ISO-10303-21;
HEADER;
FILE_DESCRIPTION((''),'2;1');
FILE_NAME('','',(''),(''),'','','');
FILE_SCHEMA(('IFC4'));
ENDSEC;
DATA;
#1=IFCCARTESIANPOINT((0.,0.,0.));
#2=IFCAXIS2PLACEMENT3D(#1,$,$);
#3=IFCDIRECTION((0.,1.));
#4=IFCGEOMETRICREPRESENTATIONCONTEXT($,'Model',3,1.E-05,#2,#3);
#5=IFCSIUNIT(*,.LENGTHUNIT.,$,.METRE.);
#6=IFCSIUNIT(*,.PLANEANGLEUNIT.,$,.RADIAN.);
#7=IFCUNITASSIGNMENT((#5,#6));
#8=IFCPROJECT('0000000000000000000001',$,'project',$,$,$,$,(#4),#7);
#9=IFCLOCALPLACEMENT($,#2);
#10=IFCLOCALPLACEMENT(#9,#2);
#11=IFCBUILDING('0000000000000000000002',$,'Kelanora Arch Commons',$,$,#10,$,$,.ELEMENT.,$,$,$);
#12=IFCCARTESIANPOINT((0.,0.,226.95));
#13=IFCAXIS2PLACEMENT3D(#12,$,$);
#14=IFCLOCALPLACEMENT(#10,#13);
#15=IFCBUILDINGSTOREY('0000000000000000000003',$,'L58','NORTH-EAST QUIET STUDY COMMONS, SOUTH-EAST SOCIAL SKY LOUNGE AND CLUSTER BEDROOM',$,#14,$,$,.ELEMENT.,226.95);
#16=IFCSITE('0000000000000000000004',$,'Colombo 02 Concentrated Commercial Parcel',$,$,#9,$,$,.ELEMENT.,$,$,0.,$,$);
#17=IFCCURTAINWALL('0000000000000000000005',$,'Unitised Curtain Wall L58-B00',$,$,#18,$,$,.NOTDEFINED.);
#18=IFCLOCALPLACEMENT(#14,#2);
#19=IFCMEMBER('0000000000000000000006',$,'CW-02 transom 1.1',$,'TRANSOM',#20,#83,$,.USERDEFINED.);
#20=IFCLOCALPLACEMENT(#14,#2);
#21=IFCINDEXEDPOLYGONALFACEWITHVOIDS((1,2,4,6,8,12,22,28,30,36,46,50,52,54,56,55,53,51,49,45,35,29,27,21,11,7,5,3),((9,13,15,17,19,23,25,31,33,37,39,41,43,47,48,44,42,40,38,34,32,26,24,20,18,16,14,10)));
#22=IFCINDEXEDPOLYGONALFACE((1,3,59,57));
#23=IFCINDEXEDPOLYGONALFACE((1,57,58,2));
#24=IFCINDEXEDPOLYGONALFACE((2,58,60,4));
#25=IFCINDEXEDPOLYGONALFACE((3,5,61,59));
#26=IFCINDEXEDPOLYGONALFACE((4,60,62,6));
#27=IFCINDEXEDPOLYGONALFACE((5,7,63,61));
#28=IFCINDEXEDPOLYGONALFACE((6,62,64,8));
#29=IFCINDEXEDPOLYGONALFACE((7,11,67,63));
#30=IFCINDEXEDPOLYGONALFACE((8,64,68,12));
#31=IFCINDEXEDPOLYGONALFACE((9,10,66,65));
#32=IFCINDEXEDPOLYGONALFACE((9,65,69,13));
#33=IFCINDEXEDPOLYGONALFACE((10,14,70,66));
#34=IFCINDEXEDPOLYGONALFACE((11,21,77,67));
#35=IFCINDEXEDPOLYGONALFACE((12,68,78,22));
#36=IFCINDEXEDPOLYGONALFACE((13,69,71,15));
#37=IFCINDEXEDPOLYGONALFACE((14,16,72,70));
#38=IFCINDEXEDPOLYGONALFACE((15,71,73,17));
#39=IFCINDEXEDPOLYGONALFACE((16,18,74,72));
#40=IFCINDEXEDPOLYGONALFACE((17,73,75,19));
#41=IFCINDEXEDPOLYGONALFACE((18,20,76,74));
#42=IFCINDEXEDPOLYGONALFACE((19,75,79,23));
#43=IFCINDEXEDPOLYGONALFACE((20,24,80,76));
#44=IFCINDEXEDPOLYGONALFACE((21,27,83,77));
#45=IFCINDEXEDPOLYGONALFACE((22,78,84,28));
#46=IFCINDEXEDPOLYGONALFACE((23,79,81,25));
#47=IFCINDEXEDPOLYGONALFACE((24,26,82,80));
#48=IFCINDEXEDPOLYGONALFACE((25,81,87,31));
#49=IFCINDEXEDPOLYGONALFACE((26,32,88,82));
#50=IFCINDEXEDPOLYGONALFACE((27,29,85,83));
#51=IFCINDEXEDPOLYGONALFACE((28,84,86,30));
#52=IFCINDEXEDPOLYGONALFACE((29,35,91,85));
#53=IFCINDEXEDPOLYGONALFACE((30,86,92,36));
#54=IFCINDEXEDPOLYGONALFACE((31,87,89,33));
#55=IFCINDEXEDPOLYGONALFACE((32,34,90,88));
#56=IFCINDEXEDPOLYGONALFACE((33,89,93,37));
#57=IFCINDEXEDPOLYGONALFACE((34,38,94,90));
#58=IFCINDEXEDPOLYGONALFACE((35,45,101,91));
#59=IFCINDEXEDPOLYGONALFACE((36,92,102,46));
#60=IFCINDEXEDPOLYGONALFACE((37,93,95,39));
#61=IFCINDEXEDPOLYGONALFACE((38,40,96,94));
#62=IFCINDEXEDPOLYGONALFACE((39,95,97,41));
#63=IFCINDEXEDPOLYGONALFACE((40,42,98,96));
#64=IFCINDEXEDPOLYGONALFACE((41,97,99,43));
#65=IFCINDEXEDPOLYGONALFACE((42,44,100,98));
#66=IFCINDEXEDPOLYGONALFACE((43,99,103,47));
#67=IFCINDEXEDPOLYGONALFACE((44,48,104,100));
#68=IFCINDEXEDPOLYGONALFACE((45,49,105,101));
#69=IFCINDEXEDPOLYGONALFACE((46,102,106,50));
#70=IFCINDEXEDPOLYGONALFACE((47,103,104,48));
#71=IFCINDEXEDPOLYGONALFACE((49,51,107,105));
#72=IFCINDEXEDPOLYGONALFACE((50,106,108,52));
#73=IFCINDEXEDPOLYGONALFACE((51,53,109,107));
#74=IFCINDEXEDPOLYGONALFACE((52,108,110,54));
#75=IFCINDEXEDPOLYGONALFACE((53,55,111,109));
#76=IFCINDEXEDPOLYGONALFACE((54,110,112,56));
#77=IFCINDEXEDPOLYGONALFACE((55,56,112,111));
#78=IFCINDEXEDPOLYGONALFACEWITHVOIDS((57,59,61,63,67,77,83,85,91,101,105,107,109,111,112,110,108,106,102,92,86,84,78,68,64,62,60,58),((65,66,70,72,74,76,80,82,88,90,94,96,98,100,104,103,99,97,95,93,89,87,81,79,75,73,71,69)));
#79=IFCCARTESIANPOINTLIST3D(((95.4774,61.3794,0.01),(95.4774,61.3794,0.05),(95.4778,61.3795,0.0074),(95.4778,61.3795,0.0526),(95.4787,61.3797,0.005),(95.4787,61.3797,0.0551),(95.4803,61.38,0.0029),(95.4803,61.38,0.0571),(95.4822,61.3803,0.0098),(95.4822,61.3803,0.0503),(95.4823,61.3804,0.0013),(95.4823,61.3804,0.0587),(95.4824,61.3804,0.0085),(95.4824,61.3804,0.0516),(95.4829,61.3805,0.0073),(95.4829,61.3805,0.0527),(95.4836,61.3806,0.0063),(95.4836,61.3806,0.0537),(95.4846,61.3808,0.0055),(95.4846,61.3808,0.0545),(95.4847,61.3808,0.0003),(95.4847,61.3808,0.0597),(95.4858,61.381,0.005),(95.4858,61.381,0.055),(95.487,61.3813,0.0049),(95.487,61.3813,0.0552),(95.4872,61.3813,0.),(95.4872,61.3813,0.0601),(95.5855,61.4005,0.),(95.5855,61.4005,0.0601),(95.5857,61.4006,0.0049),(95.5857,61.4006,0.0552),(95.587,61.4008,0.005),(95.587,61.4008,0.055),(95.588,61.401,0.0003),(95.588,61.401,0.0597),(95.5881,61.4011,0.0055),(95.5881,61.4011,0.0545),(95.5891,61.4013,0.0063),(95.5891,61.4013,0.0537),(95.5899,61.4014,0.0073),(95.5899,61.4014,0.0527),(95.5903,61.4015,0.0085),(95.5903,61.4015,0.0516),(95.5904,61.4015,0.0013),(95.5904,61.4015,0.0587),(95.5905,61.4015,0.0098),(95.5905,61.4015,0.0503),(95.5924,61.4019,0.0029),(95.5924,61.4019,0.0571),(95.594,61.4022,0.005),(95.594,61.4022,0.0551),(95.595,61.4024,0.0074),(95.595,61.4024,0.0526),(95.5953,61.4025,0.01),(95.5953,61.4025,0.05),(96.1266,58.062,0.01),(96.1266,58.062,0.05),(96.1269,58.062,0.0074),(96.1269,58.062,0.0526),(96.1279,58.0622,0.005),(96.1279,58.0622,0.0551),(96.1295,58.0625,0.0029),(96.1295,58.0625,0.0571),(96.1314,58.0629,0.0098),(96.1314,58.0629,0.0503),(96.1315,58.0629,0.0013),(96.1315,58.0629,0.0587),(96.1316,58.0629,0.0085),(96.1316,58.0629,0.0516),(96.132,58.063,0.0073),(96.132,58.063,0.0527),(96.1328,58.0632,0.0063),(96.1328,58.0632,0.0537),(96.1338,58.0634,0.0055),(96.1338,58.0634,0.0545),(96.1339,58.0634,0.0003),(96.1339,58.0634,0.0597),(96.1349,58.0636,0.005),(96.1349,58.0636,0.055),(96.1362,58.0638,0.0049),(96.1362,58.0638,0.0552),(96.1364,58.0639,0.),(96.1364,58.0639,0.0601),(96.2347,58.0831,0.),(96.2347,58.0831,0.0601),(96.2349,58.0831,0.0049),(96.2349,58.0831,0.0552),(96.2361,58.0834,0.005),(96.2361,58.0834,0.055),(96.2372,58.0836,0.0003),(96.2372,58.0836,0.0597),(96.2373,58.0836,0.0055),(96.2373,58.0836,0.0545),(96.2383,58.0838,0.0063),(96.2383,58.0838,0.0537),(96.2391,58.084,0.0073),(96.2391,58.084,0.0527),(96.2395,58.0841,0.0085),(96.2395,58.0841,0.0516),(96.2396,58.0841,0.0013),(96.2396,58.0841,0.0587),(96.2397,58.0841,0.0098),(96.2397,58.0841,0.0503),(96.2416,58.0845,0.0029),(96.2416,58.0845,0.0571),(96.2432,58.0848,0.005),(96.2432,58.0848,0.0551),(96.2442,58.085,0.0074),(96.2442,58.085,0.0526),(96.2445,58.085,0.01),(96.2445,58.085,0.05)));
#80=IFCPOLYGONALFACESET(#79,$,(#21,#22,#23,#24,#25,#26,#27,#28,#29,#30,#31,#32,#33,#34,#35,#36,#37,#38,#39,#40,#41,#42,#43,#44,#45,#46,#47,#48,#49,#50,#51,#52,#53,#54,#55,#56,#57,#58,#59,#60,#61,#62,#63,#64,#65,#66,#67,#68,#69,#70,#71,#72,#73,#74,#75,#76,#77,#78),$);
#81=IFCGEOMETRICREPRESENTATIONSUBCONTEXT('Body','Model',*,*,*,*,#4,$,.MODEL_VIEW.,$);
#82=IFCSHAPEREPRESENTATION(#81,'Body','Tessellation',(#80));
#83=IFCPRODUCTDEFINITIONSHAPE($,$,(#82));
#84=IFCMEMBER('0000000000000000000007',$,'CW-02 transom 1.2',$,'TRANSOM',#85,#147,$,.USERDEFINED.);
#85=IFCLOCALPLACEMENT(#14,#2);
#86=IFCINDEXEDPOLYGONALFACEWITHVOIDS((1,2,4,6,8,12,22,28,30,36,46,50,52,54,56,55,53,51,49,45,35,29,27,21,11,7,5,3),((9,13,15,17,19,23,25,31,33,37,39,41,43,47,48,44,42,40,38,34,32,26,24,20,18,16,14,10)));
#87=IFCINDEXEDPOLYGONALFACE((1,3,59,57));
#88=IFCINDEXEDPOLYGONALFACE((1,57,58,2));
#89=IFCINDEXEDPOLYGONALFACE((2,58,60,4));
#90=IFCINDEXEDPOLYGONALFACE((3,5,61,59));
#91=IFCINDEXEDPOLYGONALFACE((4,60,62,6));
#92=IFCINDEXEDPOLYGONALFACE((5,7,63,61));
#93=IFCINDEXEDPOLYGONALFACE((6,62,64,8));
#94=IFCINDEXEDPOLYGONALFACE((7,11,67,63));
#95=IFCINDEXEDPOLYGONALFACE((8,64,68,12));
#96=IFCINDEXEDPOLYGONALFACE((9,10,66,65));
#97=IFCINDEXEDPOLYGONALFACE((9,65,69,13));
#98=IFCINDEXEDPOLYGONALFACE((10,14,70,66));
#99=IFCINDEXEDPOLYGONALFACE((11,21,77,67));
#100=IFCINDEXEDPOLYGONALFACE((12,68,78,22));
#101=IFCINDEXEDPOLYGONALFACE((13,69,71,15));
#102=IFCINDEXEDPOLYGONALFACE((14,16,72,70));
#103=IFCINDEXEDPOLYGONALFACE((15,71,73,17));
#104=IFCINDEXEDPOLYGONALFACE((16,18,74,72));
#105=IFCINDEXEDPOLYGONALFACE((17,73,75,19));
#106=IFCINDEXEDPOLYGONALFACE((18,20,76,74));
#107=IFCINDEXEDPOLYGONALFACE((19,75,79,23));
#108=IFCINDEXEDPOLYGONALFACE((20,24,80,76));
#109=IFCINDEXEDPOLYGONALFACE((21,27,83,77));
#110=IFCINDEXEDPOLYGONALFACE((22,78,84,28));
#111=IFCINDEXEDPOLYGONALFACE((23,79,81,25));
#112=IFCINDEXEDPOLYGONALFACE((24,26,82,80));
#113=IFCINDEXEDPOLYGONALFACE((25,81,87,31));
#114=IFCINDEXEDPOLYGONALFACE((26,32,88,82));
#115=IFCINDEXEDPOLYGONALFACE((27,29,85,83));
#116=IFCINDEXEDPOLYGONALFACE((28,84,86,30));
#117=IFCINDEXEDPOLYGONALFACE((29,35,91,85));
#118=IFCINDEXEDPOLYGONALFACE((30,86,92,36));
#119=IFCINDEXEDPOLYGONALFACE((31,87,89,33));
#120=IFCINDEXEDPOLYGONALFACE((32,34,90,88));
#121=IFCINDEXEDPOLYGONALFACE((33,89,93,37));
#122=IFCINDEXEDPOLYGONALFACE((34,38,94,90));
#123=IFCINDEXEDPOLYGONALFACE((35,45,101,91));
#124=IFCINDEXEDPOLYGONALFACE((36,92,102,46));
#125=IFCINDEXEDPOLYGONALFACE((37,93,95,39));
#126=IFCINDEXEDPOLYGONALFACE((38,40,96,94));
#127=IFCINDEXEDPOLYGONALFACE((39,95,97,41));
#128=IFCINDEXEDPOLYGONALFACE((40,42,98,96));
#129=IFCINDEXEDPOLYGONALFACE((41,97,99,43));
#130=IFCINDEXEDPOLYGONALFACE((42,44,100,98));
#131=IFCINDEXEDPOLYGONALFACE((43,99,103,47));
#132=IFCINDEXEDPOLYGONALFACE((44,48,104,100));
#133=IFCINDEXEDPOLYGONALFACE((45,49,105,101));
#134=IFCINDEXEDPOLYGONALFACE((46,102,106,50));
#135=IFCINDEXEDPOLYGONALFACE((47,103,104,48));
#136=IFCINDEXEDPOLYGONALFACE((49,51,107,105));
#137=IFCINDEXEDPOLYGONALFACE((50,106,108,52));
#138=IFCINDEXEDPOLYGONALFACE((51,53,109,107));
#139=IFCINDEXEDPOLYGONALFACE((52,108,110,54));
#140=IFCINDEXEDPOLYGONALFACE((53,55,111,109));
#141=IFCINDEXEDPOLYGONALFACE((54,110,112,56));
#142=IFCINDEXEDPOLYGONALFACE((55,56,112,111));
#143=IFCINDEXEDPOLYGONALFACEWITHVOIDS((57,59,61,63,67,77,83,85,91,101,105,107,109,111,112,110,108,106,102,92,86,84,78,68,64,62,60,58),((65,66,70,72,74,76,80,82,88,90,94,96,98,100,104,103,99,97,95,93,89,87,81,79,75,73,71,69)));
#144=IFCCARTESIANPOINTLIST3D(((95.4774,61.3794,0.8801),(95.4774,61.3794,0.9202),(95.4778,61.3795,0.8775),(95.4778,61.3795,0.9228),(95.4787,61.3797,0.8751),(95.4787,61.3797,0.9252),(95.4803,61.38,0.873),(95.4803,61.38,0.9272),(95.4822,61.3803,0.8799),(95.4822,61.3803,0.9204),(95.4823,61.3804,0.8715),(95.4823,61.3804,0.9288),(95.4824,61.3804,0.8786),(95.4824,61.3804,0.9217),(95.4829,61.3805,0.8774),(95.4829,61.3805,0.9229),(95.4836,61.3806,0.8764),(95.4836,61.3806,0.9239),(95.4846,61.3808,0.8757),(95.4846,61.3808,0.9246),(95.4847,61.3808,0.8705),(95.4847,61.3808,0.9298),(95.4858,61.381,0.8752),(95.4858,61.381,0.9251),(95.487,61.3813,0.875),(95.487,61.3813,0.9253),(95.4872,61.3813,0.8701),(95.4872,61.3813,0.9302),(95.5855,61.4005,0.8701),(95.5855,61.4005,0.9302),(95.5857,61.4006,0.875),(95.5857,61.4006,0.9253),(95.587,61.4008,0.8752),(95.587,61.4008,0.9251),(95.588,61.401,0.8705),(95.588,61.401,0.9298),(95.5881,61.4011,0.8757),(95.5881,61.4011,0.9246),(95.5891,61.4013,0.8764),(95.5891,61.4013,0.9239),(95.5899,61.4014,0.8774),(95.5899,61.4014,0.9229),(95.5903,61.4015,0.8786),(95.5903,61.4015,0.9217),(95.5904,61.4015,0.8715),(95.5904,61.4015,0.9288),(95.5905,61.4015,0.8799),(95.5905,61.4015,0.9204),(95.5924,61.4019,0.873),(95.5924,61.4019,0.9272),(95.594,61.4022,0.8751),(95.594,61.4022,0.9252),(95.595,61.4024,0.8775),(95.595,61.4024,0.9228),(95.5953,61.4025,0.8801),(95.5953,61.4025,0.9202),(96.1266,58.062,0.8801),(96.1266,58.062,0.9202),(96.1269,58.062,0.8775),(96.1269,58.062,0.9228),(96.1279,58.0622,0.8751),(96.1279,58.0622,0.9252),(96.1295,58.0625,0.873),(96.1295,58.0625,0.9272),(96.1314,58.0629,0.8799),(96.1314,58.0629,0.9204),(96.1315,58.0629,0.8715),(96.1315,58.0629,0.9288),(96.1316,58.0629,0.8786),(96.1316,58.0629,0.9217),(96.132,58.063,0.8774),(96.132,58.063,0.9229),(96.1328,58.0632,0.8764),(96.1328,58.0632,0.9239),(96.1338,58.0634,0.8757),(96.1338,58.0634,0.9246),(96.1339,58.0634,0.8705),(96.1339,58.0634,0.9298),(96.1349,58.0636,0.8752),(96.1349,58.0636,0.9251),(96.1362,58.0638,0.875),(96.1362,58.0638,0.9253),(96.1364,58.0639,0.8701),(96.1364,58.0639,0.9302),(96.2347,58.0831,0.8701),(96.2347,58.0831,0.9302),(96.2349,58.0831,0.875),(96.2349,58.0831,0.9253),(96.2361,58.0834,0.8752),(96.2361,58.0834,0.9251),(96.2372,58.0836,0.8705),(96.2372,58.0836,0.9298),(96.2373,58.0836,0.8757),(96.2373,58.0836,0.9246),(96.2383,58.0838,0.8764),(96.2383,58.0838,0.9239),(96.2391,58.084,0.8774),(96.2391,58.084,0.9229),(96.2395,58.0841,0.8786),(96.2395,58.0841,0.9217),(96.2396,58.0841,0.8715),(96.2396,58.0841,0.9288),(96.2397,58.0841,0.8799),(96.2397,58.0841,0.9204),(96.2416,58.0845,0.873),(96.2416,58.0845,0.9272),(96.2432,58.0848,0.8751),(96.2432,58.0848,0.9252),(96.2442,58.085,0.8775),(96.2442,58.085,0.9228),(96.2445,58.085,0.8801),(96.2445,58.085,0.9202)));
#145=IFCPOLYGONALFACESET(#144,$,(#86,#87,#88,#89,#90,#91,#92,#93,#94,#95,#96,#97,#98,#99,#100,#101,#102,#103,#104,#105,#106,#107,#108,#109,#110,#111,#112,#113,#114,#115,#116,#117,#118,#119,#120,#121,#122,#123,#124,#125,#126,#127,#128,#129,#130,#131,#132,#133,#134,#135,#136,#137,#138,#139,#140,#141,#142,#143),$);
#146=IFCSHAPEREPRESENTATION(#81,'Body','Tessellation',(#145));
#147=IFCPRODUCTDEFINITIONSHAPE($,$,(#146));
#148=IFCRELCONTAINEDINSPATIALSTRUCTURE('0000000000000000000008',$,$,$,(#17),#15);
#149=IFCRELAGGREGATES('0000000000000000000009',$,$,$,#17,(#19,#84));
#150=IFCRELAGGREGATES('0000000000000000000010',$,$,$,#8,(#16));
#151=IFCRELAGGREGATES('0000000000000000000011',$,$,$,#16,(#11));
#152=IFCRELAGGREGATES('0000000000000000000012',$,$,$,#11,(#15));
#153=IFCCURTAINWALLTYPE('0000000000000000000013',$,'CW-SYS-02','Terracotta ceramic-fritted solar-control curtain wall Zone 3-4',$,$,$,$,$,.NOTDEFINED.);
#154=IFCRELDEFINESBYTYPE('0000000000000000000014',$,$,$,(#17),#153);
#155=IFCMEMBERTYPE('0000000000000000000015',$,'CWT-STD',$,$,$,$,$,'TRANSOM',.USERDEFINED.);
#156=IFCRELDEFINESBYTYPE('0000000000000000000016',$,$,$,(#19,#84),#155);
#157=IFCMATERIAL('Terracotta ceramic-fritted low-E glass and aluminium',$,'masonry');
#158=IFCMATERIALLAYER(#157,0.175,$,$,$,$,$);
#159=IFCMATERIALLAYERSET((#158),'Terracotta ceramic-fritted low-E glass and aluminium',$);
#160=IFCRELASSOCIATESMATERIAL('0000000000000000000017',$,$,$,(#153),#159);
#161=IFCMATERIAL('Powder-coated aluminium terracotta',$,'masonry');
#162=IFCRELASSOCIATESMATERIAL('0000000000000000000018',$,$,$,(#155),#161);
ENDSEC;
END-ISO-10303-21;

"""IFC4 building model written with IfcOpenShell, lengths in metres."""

from ifc_helpers import new_model, si_unit, direction, frame, origin, origin_2d, place, context, subcontext, project, spatial, hollow_rectangle, extrude, material, layer, layer_set, material_profile, profile_set, type_object, element, aggregate, save


model = new_model("IFC4")

# Units and contexts
model_context = context("Model", 3, precision=1e-05, world=origin(), true_north=direction((0.0, 1.0)))
body_context = subcontext(model_context, "Body", "Model", "MODEL_VIEW")
ifc_project = project(units=[si_unit("LENGTHUNIT", "METRE"), si_unit("PLANEANGLEUNIT", "RADIAN")], contexts=[model_context])

# Site, building, storey
site_placement = place(None, origin())
site = spatial("IfcSite", under=ifc_project, at=site_placement, Name="Colombo 02 Concentrated Commercial Parcel", CompositionType="ELEMENT", RefElevation=0.0)
building_placement = place(site_placement, origin())
building = spatial("IfcBuilding", under=site, at=building_placement, Name="Kelanora Arch Commons", CompositionType="ELEMENT")
storey_placement = place(building_placement, frame((0.0, 0.0, 226.95)))
storey = spatial("IfcBuildingStorey", under=building, at=storey_placement, Name="L58", Description="NORTH-EAST QUIET STUDY COMMONS, SOUTH-EAST SOCIAL SKY LOUNGE AND CLUSTER BEDROOM", CompositionType="ELEMENT", Elevation=226.95)

# Curtain wall, members
ifc_material_1 = material(Name="Terracotta ceramic-fritted low-E glass and aluminium", Category="masonry")
ifc_layer_1 = layer(ifc_material_1, 0.175)
ifc_layer_set_1 = layer_set([ifc_layer_1], Name="Terracotta ceramic-fritted low-E glass and aluminium")
curtain_wall_type = type_object("IfcCurtainWallType", Name="CW-SYS-02", Description="Terracotta ceramic-fritted solar-control curtain wall Zone 3-4", PredefinedType="NOTDEFINED", material=ifc_layer_set_1)
curtain_wall_placement = place(storey_placement, origin())
curtain_wall = element("IfcCurtainWall", 1, at=curtain_wall_placement, inside=storey, type_object=curtain_wall_type, Name="Unitised Curtain Wall L58-B00", PredefinedType="NOTDEFINED")
ifc_material_2 = material(Name="Powder-coated aluminium terracotta", Category="masonry")
ifc_material_profile_1 = material_profile(ifc_material_2, hollow_rectangle(XDim=0.1201, YDim=0.0601, WallThickness=0.0049, InnerFilletRadius=0.0049, OuterFilletRadius=0.01, at=origin_2d()), Name="CWT120x60")
ifc_profile_set_1 = profile_set([ifc_material_profile_1], Name="Powder-coated aluminium terracotta")
member_type_1 = type_object("IfcMemberType", Name="CWT-STD", ElementType="TRANSOM", PredefinedType="USERDEFINED", material=ifc_profile_set_1)
member_1_placement = place(storey_placement, frame((96.1855, 58.0735, 0.03), z_axis=(-0.192045, 0.981386, 0.0), x_axis=(-0.981386, -0.192045, 0.0)))
member_1 = element("IfcMember", 2, at=member_1_placement, type_object=member_type_1, Name="CW-02 transom 1.1", ObjectType="TRANSOM", PredefinedType="USERDEFINED", context=body_context, shape_type="SweptSolid", body=[
    extrude(hollow_rectangle(XDim=0.1201, YDim=0.0601, WallThickness=0.0049, InnerFilletRadius=0.0049, OuterFilletRadius=0.01, at=origin_2d()), origin(), (0.0, 0.0, 1.0), 3.3804),
])
member_2_placement = place(storey_placement, frame((96.1855, 58.0735, 0.9001), z_axis=(-0.192045, 0.981386, 0.0), x_axis=(-0.981386, -0.192045, 0.0)))
member_2 = element("IfcMember", 3, at=member_2_placement, type_object=member_type_1, Name="CW-02 transom 1.2", ObjectType="TRANSOM", PredefinedType="USERDEFINED", context=body_context, shape_type="SweptSolid", body=[
    extrude(hollow_rectangle(XDim=0.1201, YDim=0.0601, WallThickness=0.0049, InnerFilletRadius=0.0049, OuterFilletRadius=0.01, at=origin_2d()), origin(), (0.0, 0.0, 1.0), 3.3804),
])
aggregate(curtain_wall, [member_1, member_2])

save(model, "model.ifc")
